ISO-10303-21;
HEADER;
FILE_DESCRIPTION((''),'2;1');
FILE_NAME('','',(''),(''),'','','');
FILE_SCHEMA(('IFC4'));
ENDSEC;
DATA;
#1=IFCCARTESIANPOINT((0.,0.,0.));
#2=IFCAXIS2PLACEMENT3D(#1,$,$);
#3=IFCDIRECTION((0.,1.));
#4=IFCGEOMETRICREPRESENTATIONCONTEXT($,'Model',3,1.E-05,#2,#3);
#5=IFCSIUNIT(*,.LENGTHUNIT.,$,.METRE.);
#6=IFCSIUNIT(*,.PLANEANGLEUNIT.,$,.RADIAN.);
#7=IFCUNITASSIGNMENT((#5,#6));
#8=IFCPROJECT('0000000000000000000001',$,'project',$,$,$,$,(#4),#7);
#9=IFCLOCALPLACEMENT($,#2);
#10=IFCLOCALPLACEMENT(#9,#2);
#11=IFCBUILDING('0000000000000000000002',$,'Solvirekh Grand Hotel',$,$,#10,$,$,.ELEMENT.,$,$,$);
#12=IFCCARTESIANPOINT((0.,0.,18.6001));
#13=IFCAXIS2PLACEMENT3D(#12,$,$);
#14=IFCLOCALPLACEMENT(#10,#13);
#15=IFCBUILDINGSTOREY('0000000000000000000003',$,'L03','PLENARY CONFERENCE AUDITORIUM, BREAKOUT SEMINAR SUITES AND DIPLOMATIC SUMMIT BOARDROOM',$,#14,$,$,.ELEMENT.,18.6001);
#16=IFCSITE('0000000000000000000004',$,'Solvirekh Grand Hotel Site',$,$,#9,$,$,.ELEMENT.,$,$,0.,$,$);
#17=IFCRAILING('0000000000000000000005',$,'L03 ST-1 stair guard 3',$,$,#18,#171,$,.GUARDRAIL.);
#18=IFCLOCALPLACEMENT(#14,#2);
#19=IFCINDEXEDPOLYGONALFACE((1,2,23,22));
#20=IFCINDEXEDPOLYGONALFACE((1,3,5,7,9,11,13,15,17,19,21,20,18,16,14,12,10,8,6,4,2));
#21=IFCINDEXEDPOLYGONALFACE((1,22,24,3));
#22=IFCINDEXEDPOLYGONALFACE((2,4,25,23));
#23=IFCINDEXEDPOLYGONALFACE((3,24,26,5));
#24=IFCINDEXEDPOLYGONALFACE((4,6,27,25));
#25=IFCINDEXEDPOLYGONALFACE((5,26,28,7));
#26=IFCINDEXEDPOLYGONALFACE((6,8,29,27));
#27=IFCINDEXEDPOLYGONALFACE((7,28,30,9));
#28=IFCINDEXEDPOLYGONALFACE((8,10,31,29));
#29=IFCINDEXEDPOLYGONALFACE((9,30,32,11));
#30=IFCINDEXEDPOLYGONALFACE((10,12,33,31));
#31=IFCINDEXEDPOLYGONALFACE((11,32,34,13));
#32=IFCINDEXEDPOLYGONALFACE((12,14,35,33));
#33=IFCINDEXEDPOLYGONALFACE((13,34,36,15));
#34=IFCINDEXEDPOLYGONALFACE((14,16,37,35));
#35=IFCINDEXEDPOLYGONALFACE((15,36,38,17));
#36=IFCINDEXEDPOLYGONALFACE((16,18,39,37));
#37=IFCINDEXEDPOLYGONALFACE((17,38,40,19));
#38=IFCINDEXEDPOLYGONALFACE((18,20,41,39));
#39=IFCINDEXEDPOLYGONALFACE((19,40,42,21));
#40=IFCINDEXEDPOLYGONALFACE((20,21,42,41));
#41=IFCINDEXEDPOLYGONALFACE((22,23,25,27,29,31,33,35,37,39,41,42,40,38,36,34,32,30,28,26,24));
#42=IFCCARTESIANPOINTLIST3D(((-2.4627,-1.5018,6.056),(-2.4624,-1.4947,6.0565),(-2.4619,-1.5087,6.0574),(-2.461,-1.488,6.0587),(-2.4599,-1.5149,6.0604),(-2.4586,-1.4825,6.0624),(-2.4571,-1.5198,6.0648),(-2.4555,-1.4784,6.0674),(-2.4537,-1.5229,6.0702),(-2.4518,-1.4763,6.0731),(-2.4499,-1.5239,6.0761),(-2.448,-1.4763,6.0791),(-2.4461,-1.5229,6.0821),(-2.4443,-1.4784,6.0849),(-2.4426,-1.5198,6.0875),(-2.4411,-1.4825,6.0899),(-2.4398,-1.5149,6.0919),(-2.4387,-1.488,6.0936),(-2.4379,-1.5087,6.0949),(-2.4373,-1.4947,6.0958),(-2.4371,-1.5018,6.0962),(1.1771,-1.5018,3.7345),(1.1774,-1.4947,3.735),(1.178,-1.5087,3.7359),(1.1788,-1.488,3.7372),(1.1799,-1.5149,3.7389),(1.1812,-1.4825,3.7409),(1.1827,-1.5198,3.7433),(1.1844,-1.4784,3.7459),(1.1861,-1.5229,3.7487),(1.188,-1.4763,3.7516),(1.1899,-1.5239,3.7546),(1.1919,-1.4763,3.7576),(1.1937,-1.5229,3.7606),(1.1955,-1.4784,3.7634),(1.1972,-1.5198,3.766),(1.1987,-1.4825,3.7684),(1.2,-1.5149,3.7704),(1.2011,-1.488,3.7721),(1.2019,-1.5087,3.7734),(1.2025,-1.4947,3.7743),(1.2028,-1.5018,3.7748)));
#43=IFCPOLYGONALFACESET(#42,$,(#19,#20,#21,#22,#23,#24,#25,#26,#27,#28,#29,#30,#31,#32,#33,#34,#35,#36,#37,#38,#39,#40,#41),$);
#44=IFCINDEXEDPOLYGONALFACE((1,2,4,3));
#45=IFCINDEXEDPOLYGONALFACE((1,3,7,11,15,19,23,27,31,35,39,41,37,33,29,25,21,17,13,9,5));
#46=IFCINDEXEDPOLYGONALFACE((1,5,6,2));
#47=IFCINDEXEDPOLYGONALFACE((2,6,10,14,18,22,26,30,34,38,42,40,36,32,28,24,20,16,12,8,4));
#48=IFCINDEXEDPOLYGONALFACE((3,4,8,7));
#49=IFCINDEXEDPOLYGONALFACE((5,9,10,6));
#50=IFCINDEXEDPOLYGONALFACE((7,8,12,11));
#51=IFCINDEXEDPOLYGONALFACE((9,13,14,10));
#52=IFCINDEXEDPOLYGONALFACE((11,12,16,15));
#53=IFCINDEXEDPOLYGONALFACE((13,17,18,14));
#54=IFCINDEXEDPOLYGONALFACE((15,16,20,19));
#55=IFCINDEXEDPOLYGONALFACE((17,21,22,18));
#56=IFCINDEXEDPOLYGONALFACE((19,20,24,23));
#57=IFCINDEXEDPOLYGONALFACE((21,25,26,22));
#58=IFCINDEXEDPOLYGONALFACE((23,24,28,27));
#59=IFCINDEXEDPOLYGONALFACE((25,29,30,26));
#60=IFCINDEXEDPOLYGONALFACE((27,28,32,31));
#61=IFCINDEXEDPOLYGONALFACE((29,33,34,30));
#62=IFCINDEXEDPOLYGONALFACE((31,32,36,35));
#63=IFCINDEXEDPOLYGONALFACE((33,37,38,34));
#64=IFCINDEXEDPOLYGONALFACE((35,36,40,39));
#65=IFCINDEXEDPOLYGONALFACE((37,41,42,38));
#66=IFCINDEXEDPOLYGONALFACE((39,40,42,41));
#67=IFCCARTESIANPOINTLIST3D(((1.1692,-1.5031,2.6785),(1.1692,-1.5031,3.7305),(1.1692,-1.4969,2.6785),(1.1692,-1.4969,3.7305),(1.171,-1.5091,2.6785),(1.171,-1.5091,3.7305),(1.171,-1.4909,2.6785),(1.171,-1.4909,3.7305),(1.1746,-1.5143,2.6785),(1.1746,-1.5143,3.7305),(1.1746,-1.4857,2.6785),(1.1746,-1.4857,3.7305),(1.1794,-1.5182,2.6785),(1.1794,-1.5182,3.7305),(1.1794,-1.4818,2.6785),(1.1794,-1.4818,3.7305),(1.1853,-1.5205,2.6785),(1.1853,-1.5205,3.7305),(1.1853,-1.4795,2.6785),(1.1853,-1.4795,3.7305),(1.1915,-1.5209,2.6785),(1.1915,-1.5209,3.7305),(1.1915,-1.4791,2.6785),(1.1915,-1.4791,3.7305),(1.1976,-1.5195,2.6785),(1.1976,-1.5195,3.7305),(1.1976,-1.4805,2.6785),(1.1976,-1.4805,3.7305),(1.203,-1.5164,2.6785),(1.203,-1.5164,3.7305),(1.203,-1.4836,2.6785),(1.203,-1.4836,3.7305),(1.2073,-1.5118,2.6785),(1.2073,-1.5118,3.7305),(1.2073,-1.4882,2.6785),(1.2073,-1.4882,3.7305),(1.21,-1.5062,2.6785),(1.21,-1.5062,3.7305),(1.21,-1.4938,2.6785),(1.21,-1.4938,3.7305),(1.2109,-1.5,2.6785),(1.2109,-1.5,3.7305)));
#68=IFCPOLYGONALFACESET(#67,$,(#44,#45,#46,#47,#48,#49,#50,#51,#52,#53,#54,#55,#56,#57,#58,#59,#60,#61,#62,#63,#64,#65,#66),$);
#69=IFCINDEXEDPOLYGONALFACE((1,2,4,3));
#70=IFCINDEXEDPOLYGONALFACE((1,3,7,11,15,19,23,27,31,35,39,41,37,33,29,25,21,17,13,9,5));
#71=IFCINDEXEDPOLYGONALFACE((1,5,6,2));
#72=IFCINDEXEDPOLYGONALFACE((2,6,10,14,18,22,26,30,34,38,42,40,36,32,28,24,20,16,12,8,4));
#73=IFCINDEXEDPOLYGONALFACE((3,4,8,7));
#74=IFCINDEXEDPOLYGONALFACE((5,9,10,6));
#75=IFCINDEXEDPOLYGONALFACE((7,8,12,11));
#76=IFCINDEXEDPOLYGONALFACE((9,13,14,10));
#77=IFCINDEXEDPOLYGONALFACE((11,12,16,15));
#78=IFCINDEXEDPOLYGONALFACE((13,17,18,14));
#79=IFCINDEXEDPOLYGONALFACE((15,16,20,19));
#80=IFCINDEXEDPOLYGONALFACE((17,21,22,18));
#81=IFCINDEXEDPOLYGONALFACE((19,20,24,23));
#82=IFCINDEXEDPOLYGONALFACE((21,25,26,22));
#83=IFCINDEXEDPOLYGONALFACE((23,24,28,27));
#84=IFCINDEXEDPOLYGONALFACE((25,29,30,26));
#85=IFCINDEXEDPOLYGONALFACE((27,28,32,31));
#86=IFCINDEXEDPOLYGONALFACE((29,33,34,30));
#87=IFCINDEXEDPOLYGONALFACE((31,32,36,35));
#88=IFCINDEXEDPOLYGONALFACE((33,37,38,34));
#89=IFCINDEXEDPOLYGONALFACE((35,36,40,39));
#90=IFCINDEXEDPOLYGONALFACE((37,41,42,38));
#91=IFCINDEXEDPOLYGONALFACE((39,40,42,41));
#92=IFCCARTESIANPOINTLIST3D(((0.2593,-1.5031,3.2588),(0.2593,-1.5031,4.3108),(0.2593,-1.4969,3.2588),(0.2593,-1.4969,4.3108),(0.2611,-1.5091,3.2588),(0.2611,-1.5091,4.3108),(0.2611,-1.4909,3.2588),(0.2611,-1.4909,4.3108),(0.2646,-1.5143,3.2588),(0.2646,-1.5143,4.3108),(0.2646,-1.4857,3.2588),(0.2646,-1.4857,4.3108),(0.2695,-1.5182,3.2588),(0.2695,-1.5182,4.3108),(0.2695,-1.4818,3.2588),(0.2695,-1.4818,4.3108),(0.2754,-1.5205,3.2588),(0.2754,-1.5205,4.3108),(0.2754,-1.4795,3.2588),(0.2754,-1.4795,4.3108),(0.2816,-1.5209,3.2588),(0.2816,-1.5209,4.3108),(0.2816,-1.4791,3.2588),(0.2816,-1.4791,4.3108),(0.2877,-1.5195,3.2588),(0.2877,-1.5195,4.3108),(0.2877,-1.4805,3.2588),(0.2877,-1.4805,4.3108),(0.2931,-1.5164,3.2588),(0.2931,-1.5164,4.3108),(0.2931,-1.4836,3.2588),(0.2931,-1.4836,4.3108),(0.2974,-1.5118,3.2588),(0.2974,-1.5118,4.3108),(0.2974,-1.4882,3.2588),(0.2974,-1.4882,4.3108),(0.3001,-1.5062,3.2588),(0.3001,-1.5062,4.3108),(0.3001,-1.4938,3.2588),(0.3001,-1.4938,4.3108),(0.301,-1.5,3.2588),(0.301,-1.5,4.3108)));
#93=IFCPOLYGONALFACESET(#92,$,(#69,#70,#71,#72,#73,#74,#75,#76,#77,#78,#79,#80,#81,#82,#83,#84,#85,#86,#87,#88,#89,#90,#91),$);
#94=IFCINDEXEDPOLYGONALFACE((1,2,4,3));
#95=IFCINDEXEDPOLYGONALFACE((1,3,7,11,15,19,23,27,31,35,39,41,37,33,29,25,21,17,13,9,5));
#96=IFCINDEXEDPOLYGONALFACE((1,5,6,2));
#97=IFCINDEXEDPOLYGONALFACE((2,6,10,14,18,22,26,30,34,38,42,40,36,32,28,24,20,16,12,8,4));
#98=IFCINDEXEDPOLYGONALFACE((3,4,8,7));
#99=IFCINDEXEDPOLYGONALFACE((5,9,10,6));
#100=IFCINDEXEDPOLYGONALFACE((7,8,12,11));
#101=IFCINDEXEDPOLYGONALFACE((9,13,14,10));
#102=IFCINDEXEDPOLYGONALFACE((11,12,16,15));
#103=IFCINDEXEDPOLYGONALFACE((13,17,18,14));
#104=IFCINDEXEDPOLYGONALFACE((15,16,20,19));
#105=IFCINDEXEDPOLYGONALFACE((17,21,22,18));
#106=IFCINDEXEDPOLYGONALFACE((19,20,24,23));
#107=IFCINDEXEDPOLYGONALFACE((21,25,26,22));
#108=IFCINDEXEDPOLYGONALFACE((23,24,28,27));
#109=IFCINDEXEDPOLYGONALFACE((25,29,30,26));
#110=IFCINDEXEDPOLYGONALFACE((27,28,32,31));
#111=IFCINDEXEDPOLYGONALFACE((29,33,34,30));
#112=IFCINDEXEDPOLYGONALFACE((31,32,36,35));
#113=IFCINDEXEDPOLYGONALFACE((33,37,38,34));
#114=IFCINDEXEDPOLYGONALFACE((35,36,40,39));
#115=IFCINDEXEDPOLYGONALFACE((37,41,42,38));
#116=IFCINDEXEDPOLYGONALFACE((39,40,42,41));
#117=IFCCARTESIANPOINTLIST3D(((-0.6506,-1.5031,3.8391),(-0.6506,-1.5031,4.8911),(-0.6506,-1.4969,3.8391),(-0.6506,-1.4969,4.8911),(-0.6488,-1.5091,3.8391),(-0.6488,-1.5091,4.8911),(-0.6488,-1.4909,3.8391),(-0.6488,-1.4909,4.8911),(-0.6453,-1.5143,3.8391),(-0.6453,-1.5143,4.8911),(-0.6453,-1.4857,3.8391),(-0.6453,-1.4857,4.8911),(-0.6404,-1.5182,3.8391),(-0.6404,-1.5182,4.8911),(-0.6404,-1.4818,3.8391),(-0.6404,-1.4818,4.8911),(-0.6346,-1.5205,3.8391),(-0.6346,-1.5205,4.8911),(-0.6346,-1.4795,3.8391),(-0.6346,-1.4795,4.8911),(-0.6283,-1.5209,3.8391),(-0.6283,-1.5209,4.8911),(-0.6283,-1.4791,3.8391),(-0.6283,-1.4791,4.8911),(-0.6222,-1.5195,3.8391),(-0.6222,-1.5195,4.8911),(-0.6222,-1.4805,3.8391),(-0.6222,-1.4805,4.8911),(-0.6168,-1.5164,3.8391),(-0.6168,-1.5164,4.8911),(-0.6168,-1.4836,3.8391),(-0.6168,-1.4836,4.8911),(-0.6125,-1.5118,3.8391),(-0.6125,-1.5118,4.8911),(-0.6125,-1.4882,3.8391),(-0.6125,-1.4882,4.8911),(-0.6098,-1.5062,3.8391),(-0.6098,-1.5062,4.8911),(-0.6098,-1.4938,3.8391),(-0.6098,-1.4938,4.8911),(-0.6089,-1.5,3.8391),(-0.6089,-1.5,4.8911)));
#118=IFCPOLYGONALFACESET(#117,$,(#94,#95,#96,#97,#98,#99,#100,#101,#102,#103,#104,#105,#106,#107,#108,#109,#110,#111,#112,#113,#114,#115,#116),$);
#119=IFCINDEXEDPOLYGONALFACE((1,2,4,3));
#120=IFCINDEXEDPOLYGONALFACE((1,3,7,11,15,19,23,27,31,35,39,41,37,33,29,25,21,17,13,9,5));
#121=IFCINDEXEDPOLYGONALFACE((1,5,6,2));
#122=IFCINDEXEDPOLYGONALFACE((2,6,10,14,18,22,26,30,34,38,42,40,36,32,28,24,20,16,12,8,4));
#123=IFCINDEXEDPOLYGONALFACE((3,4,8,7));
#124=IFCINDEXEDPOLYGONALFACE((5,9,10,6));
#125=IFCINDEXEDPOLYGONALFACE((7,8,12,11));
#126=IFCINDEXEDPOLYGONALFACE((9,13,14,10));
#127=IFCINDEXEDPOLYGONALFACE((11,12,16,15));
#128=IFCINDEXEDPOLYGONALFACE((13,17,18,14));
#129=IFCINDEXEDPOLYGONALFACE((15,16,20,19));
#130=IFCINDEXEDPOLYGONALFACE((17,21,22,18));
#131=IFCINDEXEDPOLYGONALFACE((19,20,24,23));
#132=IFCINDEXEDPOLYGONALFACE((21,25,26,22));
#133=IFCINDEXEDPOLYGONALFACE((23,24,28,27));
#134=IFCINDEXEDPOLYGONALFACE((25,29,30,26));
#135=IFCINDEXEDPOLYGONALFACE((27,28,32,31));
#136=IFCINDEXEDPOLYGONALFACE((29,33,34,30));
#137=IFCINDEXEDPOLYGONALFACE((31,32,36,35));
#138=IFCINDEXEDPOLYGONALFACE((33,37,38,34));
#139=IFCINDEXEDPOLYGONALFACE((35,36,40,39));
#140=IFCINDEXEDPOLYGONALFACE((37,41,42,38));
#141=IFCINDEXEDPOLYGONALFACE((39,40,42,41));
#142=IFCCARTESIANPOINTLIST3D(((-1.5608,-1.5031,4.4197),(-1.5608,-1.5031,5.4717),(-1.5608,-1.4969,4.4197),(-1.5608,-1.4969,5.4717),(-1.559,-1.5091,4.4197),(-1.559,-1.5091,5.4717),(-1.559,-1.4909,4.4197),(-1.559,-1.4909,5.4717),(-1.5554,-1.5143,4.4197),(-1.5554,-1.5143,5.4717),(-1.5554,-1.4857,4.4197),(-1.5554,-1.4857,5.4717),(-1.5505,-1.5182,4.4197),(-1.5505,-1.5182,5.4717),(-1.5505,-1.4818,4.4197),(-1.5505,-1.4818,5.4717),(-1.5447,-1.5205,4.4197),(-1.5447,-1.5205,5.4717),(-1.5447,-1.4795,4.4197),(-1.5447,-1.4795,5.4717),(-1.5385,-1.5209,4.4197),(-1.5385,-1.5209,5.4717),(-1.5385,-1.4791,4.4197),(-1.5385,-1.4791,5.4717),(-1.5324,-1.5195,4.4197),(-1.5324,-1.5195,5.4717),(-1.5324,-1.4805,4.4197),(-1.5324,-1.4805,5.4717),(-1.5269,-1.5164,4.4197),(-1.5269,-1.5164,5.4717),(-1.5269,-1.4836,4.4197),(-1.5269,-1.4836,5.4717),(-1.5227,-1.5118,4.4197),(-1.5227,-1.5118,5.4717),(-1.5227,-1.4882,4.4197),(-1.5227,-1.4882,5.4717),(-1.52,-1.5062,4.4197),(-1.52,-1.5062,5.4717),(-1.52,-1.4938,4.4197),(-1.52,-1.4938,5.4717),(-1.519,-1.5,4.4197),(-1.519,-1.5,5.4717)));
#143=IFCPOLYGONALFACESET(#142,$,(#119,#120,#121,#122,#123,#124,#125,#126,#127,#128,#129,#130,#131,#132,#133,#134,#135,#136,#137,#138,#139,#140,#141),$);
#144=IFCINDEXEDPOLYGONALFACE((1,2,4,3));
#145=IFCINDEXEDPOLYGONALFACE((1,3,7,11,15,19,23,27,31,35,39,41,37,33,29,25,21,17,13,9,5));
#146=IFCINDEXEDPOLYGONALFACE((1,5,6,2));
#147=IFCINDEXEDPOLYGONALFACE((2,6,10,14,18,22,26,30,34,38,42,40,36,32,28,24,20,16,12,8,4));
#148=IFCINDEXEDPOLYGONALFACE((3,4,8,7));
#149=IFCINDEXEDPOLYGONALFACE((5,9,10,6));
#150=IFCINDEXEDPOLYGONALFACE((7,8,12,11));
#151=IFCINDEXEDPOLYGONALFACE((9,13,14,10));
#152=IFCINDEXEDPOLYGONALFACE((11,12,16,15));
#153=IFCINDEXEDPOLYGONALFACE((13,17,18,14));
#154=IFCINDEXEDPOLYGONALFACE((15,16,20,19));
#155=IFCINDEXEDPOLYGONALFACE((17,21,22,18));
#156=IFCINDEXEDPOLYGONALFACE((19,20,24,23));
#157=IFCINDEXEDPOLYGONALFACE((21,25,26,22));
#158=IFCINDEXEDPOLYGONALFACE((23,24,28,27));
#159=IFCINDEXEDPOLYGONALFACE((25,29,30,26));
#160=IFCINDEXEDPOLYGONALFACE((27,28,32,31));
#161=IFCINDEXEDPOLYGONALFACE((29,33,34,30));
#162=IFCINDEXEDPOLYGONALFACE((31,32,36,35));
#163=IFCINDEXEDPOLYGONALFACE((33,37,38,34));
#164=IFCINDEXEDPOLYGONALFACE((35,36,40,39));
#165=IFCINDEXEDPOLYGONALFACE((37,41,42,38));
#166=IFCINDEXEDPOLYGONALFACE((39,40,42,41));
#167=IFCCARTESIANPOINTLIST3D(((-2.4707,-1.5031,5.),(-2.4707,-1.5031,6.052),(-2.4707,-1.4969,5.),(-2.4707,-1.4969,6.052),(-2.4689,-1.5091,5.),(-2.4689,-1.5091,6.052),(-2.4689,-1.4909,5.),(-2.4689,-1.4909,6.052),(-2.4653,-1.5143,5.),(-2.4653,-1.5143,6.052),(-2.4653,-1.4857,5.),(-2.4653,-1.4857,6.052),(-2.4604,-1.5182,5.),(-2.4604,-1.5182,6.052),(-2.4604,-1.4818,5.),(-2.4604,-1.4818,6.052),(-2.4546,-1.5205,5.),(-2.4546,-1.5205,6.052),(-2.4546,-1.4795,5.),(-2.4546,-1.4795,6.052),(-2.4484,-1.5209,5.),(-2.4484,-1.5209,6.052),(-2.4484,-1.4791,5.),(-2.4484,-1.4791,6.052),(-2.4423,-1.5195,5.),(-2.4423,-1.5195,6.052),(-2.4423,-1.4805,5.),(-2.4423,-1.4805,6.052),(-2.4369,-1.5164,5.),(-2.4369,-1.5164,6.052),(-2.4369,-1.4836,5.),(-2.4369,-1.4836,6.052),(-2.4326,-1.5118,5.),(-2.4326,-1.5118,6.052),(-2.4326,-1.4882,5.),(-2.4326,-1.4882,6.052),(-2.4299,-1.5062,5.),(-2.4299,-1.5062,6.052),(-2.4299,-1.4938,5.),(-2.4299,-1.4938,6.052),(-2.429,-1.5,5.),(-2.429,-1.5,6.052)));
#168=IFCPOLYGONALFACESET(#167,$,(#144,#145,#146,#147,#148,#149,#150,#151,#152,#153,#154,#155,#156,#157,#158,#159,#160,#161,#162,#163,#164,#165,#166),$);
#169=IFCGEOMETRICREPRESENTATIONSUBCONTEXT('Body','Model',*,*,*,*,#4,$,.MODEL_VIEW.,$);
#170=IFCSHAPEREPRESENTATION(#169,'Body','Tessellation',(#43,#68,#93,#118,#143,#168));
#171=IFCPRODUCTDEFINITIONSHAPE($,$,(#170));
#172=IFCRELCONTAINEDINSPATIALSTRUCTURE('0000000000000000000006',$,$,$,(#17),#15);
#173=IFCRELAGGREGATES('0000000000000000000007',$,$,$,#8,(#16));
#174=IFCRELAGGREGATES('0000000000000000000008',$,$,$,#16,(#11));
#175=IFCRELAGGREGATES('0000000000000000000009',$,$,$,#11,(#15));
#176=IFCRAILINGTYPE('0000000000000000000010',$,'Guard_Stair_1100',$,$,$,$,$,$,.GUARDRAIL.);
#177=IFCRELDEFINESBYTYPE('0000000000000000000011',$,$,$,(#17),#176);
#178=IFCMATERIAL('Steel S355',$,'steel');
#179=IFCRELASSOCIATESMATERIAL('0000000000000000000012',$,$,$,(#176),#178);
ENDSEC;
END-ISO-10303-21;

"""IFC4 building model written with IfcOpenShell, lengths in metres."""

from ifc_helpers import new_model, si_unit, direction, frame, origin, origin_2d, place, context, subcontext, project, spatial, circle, extrude, material, type_object, element, save


model = new_model("IFC4")

# Units and contexts
model_context = context("Model", 3, precision=1e-05, world=origin(), true_north=direction((0.0, 1.0)))
body_context = subcontext(model_context, "Body", "Model", "MODEL_VIEW")
ifc_project = project(units=[si_unit("LENGTHUNIT", "METRE"), si_unit("PLANEANGLEUNIT", "RADIAN")], contexts=[model_context])

# Site, building, storey
site_placement = place(None, origin())
site = spatial("IfcSite", under=ifc_project, at=site_placement, Name="Solvirekh Grand Hotel Site", CompositionType="ELEMENT", RefElevation=0.0)
building_placement = place(site_placement, origin())
building = spatial("IfcBuilding", under=site, at=building_placement, Name="Solvirekh Grand Hotel", CompositionType="ELEMENT")
storey_placement = place(building_placement, frame((0.0, 0.0, 18.6001)))
storey = spatial("IfcBuildingStorey", under=building, at=storey_placement, Name="L03", Description="PLENARY CONFERENCE AUDITORIUM, BREAKOUT SEMINAR SUITES AND DIPLOMATIC SUMMIT BOARDROOM", CompositionType="ELEMENT", Elevation=18.6001)

# Shared definitions
ifc_material_1 = material(Name="Steel S355", Category="steel")

# Railing
railing_type_1 = type_object("IfcRailingType", Name="Guard_Stair_1100", PredefinedType="GUARDRAIL", material=ifc_material_1)
railing_1_placement = place(storey_placement, frame((1.1899, -1.5, 2.6785)))
element("IfcRailing", 1, at=railing_1_placement, inside=storey, type_object=railing_type_1, Name="L03 ST-1 stair guard 3", PredefinedType="GUARDRAIL", context=body_context, shape_type="SweptSolid", body=[
    extrude(circle(Radius=0.0239, at=origin_2d()), frame((0.0, 0.0, 1.0762), z_axis=(-0.843112, 0.0, 0.537739), x_axis=(0.0, -1.0, 0.0)), (0.0, 0.0, 1.0), 4.3171),
    extrude(circle(Radius=0.021, at=origin_2d()), origin(), (0.0, 0.0, 1.0), 1.052),
    extrude(circle(Radius=0.021, at=origin_2d()), frame((-0.9099, 0.0, 0.5803)), (0.0, 0.0, 1.0), 1.052),
    extrude(circle(Radius=0.021, at=origin_2d()), frame((-1.8198, 0.0, 1.1606)), (0.0, 0.0, 1.0), 1.052),
    extrude(circle(Radius=0.021, at=origin_2d()), frame((-2.73, 0.0, 1.7412)), (0.0, 0.0, 1.0), 1.052),
    extrude(circle(Radius=0.021, at=origin_2d()), frame((-3.6399, 0.0, 2.3215)), (0.0, 0.0, 1.0), 1.052),
])

save(model, "model.ifc")
